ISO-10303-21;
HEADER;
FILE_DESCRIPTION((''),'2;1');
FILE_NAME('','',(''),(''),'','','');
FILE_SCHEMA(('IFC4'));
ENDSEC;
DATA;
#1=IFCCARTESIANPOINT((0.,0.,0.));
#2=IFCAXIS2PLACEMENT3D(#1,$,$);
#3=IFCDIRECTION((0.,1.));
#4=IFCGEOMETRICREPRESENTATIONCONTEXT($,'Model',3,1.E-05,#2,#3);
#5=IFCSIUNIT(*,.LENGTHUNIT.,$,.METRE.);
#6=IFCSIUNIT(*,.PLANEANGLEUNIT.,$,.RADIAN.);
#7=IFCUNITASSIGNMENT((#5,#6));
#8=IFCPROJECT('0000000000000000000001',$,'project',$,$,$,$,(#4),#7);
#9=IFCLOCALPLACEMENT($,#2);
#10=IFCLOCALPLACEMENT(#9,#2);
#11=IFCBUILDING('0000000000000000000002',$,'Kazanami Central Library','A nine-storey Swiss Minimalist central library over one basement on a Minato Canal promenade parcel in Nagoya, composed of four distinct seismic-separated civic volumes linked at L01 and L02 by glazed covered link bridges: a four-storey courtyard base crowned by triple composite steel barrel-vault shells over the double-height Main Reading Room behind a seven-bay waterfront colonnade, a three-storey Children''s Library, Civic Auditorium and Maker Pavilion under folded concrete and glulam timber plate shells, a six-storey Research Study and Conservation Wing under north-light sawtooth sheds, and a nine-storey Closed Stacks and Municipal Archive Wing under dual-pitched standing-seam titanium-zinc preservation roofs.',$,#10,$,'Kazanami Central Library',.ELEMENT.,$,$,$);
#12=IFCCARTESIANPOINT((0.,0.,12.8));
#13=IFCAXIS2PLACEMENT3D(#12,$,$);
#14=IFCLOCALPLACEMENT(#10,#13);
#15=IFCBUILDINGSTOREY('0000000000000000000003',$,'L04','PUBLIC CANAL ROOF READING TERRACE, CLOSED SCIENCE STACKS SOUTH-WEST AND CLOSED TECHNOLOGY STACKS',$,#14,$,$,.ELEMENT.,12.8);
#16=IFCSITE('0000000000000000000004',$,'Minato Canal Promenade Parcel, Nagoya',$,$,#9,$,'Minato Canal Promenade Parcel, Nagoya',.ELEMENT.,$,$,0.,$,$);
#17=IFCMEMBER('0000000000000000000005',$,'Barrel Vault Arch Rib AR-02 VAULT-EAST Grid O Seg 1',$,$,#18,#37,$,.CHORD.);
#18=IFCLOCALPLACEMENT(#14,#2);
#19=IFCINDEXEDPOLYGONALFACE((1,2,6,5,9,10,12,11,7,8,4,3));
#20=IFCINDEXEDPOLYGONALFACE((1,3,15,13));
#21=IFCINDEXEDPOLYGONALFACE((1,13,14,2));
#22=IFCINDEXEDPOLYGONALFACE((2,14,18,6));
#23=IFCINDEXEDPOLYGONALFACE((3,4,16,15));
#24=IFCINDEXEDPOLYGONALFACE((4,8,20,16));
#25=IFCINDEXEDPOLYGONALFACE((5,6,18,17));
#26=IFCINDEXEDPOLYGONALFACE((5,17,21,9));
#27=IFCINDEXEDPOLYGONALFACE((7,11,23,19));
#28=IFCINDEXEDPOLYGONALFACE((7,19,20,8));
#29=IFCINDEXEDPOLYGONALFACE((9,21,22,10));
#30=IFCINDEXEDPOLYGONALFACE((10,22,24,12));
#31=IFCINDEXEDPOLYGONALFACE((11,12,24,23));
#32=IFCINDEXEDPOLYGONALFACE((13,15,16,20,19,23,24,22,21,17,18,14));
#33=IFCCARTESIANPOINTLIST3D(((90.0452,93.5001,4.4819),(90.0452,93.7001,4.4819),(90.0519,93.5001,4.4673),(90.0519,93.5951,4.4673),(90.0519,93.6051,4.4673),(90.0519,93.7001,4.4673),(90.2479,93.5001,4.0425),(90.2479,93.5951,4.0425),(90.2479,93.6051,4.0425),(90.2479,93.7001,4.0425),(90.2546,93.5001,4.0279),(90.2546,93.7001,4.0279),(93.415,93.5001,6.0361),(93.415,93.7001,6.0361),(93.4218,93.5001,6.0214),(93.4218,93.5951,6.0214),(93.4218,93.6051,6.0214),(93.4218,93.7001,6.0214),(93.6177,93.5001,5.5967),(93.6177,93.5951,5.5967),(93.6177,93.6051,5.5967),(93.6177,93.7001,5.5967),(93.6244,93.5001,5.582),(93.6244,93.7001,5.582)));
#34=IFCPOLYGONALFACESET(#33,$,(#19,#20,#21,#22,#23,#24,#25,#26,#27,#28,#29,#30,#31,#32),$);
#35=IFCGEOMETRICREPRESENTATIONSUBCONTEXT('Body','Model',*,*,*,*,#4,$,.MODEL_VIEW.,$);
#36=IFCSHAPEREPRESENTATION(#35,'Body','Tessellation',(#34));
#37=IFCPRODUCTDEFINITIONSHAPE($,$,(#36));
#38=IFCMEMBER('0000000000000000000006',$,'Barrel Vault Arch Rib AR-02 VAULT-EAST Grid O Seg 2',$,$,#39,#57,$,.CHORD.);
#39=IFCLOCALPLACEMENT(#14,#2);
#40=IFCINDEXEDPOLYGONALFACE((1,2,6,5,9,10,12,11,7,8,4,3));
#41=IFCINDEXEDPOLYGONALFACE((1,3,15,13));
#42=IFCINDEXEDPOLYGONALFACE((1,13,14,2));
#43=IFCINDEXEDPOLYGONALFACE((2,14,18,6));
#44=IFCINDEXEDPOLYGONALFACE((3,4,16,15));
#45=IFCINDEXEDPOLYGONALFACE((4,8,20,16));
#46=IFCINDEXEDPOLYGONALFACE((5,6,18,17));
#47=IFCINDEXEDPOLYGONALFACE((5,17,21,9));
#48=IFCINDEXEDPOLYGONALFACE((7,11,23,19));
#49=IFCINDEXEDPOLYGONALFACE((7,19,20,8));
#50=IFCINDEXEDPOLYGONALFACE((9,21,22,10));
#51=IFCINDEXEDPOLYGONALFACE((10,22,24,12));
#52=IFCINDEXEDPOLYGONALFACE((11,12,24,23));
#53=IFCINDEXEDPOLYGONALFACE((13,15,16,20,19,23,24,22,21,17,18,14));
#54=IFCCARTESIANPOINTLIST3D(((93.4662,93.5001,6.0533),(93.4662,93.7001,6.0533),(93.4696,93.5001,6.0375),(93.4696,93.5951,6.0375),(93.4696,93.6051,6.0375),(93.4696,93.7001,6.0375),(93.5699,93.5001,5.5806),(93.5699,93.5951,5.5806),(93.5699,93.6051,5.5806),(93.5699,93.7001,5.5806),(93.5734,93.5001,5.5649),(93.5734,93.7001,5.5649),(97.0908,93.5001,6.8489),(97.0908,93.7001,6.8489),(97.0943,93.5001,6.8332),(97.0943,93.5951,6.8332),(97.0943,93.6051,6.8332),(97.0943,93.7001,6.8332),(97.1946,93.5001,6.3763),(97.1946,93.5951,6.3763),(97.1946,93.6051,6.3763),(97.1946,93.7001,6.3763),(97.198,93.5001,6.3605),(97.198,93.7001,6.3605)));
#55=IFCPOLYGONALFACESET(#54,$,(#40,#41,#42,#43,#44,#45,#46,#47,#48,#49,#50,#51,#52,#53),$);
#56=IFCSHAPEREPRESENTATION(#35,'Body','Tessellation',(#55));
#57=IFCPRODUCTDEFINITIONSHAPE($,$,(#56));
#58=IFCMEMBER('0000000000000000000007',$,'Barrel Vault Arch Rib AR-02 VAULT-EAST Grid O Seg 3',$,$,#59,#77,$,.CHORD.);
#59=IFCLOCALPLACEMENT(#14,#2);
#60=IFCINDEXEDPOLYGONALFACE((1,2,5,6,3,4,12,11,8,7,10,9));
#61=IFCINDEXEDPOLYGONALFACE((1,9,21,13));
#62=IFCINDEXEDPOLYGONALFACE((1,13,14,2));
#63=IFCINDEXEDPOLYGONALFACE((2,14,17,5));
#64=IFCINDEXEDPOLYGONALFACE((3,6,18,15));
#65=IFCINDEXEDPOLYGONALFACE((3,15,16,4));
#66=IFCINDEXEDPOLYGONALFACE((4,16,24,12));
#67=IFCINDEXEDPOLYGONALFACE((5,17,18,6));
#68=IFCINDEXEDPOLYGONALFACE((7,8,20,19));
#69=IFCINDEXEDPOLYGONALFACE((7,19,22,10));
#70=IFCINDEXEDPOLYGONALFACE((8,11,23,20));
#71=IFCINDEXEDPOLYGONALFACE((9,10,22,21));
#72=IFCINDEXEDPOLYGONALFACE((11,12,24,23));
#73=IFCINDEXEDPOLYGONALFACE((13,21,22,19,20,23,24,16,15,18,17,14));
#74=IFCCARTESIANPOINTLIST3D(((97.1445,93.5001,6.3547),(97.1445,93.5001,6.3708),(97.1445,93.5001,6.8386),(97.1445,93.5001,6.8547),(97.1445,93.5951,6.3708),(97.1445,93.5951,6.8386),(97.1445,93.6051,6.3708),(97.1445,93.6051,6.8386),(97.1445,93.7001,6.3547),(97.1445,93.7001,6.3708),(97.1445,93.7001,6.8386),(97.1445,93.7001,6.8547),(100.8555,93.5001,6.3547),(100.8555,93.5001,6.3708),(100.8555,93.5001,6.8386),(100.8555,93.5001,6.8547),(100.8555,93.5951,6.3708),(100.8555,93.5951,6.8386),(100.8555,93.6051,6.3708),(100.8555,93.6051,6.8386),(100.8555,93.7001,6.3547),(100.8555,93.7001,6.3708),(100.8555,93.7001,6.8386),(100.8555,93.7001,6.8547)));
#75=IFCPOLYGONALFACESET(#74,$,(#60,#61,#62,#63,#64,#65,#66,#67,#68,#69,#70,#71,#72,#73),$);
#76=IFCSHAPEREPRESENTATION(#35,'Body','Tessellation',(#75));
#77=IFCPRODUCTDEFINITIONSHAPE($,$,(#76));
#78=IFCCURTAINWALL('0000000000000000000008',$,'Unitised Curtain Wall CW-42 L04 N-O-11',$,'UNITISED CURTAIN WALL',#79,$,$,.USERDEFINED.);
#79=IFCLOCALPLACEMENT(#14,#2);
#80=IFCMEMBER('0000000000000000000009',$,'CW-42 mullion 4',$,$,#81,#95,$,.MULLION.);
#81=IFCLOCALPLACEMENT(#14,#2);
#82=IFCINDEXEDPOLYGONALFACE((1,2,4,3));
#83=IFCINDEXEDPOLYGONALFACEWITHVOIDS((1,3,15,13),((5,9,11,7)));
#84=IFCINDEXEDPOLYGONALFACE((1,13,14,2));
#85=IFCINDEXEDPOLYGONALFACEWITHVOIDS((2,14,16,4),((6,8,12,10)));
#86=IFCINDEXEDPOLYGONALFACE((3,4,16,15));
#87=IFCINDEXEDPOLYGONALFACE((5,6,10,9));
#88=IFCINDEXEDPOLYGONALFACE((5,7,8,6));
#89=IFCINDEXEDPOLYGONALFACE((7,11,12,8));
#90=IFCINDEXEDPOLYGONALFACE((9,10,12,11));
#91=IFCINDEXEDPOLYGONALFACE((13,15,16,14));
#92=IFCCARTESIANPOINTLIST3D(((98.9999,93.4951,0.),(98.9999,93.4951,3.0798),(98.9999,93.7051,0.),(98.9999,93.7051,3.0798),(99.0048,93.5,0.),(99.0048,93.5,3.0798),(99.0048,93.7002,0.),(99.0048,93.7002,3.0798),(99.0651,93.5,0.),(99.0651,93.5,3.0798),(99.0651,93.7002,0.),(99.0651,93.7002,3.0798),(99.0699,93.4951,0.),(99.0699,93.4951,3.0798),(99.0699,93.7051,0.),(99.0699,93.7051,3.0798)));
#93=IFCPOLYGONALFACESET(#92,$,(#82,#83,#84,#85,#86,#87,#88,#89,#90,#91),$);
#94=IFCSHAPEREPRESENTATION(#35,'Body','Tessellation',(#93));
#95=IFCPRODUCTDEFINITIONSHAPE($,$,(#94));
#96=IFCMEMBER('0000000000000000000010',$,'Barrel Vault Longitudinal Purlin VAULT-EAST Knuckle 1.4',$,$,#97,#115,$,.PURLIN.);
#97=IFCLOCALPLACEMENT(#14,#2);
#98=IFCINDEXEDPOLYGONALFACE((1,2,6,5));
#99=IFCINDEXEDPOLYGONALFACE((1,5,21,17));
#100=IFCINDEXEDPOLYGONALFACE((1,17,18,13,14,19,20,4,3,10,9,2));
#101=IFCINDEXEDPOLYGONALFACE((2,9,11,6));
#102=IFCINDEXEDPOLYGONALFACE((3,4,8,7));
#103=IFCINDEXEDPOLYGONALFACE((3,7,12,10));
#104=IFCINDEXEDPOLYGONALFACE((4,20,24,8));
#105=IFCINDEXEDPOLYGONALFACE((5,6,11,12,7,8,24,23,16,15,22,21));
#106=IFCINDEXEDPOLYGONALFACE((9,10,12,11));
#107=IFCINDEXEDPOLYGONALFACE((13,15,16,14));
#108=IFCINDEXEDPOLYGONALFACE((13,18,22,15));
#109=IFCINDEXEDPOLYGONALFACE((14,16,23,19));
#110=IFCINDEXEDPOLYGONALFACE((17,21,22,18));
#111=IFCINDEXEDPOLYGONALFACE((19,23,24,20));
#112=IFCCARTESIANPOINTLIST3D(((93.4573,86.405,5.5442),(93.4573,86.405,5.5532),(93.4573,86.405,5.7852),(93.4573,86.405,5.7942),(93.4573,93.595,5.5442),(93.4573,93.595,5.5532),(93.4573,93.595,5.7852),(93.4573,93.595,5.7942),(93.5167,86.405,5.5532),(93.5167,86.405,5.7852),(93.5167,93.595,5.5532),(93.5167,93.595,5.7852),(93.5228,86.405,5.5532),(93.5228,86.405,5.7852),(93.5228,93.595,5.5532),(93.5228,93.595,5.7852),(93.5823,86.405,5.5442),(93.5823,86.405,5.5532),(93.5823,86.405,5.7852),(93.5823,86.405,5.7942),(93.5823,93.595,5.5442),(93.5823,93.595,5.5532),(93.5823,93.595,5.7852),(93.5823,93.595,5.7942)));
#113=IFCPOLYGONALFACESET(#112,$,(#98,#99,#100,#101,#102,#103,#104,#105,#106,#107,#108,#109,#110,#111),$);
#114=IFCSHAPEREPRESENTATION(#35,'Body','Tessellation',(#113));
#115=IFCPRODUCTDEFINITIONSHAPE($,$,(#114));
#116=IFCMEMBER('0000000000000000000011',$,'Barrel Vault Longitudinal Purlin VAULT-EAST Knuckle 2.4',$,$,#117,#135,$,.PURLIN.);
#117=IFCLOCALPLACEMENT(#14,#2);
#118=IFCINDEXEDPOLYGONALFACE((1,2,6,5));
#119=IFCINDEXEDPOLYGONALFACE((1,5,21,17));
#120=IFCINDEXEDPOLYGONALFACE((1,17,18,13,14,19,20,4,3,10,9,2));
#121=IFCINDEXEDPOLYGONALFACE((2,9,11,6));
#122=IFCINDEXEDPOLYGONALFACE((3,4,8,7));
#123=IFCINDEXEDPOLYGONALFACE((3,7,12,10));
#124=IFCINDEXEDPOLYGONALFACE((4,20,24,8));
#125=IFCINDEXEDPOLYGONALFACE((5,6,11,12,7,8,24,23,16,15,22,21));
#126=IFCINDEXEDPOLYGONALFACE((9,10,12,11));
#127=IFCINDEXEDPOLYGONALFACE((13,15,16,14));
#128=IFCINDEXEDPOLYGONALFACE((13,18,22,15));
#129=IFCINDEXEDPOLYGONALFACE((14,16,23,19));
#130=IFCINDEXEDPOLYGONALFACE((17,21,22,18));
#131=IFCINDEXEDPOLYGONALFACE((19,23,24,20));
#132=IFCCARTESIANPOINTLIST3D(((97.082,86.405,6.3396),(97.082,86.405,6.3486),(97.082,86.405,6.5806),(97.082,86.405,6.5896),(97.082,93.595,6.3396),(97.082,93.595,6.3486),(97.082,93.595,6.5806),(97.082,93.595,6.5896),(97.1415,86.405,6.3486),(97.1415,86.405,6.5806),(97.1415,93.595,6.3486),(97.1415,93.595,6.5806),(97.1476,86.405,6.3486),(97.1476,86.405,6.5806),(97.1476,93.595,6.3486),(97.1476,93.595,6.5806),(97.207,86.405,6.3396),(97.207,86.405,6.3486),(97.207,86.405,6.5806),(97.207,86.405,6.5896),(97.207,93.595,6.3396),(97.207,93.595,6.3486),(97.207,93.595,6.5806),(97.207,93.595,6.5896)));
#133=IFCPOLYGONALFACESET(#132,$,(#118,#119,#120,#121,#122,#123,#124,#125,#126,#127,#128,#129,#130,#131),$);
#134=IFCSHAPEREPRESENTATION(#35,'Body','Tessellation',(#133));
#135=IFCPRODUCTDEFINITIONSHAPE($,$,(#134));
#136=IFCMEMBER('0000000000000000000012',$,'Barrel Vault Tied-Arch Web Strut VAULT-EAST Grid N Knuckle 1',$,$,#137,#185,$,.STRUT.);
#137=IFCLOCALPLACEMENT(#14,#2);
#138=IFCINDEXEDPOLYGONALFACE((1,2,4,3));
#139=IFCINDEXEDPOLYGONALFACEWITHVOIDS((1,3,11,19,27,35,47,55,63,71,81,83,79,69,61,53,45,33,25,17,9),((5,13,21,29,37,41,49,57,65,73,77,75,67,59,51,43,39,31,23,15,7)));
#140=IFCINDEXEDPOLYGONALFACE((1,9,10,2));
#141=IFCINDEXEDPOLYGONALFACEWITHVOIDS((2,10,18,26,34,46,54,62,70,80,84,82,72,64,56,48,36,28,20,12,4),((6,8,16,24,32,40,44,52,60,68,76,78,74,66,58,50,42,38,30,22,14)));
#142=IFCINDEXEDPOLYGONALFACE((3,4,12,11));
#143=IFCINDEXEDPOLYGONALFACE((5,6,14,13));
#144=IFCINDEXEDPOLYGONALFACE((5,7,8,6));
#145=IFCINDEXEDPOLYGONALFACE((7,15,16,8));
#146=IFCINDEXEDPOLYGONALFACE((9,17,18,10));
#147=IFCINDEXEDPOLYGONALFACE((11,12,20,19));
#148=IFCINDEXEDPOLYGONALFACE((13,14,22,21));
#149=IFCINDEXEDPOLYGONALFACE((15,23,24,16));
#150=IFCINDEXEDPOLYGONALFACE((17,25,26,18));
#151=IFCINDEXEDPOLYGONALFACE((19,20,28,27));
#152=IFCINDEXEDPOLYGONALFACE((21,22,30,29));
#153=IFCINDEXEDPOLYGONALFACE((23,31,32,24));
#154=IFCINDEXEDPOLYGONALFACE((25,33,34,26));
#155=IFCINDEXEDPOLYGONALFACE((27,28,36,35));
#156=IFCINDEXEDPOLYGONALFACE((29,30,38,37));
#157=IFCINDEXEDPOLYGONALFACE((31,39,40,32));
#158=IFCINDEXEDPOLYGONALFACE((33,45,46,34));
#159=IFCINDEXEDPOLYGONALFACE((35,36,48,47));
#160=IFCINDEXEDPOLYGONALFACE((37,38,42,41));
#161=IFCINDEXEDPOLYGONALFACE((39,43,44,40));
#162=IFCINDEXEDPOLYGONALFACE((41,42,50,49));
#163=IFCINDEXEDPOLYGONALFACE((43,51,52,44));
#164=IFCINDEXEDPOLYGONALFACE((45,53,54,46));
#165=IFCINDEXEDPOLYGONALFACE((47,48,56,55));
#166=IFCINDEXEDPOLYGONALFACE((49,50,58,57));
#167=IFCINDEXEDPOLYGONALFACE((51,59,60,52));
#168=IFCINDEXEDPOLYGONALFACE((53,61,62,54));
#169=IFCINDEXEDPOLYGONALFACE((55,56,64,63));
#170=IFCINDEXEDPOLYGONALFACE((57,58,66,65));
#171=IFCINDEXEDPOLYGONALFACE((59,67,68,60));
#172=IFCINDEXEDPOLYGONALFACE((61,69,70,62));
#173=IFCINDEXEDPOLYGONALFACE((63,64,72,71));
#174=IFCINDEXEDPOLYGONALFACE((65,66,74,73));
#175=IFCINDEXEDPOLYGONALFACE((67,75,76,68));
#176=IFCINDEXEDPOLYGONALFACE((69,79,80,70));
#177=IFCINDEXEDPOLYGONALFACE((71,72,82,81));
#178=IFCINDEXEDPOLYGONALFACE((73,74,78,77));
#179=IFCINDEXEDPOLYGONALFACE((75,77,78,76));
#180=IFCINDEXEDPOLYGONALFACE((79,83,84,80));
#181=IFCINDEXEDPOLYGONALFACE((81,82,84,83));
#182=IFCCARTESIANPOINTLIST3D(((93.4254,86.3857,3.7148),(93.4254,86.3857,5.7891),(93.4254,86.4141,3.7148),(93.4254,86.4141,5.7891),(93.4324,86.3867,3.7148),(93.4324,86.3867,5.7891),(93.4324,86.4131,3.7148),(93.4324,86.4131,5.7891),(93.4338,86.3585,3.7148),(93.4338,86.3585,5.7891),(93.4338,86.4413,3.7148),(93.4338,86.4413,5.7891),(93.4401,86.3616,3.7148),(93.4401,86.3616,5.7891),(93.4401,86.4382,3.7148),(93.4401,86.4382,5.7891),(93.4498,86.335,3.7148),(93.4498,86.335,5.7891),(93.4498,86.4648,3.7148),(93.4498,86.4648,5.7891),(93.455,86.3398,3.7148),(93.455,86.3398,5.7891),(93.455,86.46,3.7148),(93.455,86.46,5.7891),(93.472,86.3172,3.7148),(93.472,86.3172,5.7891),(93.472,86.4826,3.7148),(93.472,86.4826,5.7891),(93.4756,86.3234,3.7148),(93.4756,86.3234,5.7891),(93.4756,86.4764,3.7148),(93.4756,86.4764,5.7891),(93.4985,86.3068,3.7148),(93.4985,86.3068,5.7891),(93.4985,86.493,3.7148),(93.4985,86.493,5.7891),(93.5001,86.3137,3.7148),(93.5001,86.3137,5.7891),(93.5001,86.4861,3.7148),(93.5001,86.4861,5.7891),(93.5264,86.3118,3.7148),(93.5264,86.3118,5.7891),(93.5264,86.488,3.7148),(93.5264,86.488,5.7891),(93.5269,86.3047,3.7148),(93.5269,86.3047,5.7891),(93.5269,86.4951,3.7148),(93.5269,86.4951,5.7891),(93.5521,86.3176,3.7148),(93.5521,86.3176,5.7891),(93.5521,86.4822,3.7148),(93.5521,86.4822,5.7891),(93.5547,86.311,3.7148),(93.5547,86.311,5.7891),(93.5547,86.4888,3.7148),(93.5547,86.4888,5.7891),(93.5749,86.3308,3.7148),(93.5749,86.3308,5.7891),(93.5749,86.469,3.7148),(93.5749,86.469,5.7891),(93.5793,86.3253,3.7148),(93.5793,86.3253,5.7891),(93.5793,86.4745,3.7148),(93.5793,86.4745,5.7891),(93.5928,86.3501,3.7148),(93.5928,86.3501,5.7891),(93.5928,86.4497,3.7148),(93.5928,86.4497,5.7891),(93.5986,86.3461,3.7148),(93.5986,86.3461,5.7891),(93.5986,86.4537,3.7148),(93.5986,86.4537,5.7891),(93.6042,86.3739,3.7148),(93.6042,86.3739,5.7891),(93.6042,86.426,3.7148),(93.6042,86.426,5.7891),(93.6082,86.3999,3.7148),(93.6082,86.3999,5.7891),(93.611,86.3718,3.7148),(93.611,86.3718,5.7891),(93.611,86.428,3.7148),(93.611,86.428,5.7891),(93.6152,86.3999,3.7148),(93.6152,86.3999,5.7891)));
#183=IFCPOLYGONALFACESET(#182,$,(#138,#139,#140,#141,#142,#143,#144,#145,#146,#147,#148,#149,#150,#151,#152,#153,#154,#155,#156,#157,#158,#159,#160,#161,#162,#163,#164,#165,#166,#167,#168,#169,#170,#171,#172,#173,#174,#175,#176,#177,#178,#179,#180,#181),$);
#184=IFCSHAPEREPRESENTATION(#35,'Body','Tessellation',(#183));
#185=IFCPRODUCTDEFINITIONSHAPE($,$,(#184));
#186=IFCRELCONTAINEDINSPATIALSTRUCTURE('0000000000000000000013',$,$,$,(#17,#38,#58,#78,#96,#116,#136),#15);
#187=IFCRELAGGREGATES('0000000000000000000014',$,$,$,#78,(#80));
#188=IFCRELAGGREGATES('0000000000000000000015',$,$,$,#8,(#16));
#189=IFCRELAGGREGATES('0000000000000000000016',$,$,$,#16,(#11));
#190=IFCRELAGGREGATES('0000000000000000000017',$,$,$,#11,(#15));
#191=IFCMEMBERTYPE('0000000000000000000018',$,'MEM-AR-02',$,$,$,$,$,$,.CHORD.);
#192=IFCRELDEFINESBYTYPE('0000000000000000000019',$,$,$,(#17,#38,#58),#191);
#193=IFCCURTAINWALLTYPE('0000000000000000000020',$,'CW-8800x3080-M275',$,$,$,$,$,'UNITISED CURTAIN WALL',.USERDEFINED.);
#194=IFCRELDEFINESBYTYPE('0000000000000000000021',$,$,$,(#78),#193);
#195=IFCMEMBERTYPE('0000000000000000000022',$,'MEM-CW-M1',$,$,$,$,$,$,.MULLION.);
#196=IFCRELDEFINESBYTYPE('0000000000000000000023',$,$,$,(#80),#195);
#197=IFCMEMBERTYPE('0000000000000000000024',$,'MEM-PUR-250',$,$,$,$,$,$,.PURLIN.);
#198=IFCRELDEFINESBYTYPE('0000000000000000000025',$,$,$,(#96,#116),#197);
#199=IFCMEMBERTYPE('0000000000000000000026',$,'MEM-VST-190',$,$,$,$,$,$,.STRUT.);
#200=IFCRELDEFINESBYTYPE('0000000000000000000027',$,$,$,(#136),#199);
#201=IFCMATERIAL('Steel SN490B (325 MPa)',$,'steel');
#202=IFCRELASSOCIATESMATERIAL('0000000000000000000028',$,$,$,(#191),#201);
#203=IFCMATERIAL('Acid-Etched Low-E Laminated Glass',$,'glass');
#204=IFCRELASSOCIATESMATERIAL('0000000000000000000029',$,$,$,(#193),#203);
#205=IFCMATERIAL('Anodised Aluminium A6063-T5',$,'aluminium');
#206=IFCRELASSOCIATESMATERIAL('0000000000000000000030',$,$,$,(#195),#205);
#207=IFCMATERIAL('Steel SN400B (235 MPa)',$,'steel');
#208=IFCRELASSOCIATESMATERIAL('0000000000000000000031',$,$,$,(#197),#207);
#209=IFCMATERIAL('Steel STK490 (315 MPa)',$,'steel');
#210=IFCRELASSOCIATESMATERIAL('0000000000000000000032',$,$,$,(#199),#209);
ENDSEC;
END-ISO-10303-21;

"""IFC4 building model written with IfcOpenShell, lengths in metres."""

from ifc_helpers import new_model, si_unit, direction, frame, origin, origin_2d, place, context, subcontext, project, spatial, hollow_rectangle, hollow_circle, i_section, extrude, material, material_profile, profile_set, type_object, element, aggregate, save


model = new_model("IFC4")

# Units and contexts
model_context = context("Model", 3, precision=1e-05, world=origin(), true_north=direction((0.0, 1.0)))
body_context = subcontext(model_context, "Body", "Model", "MODEL_VIEW")
ifc_project = project(units=[si_unit("LENGTHUNIT", "METRE"), si_unit("PLANEANGLEUNIT", "RADIAN")], contexts=[model_context])

# Site, building, storey
site_placement = place(None, origin())
site = spatial("IfcSite", under=ifc_project, at=site_placement, Name="Minato Canal Promenade Parcel, Nagoya", LongName="Minato Canal Promenade Parcel, Nagoya", CompositionType="ELEMENT", RefElevation=0.0)
building_placement = place(site_placement, origin())
building = spatial("IfcBuilding", under=site, at=building_placement, Name="Kazanami Central Library", Description="A nine-storey Swiss Minimalist central library over one basement on a Minato Canal promenade parcel in Nagoya, composed of four distinct seismic-separated civic volumes linked at L01 and L02 by glazed covered link bridges: a four-storey courtyard base crowned by triple composite steel barrel-vault shells over the double-height Main Reading Room behind a seven-bay waterfront colonnade, a three-storey Children's Library, Civic Auditorium and Maker Pavilion under folded concrete and glulam timber plate shells, a six-storey Research Study and Conservation Wing under north-light sawtooth sheds, and a nine-storey Closed Stacks and Municipal Archive Wing under dual-pitched standing-seam titanium-zinc preservation roofs.", LongName="Kazanami Central Library", CompositionType="ELEMENT")
storey_placement = place(building_placement, frame((0.0, 0.0, 12.8)))
storey = spatial("IfcBuildingStorey", under=building, at=storey_placement, Name="L04", Description="PUBLIC CANAL ROOF READING TERRACE, CLOSED SCIENCE STACKS SOUTH-WEST AND CLOSED TECHNOLOGY STACKS", CompositionType="ELEMENT", Elevation=12.8)

# Shared definitions
ifc_material_1 = material(Name="Steel SN490B (325 MPa)", Category="steel")

# Members
ifc_material_profile_1 = material_profile(ifc_material_1, i_section(OverallWidth=0.2, OverallDepth=0.5, WebThickness=0.01, FlangeThickness=0.0161, at=origin_2d()), Name="H-500x200x10x16")
ifc_profile_set_1 = profile_set([ifc_material_profile_1], Name="Steel SN490B (325 MPa)")
member_type_1 = type_object("IfcMemberType", Name="MEM-AR-02", PredefinedType="CHORD", material=ifc_profile_set_1)
for number, where, z_axis, x_axis, name in (
    (1, (90.1499, 93.6001, 4.2549), (0.908075, 0.0, 0.418808), (0.0, 1.0, 0.0), "Barrel Vault Arch Rib AR-02 VAULT-EAST Grid O Seg 1"),
    (2, (93.5198, 93.6001, 5.8091), (0.976746, 0.0, 0.214401), (0.0, 1.0, 0.0), "Barrel Vault Arch Rib AR-02 VAULT-EAST Grid O Seg 2"),
    (3, (97.1445, 93.6001, 6.6047), (1.0, 0.0, 0.0), (0.0, 1.0, 0.0), "Barrel Vault Arch Rib AR-02 VAULT-EAST Grid O Seg 3"),
):
    element("IfcMember", number, at=place(storey_placement, frame(where, z_axis=z_axis, x_axis=x_axis)), inside=storey, type_object=member_type_1, Name=name, PredefinedType="CHORD", context=body_context, shape_type="SweptSolid", body=[
        extrude(i_section(OverallWidth=0.2, OverallDepth=0.5, WebThickness=0.01, FlangeThickness=0.0161, at=origin_2d()), origin(), (0.0, 0.0, 1.0), 3.7109),
    ])

# Curtain wall, member
ifc_material_2 = material(Name="Acid-Etched Low-E Laminated Glass", Category="glass")
curtain_wall_type = type_object("IfcCurtainWallType", Name="CW-8800x3080-M275", ElementType="UNITISED CURTAIN WALL", PredefinedType="USERDEFINED", material=ifc_material_2)
curtain_wall_placement = place(storey_placement, origin())
curtain_wall = element("IfcCurtainWall", 4, at=curtain_wall_placement, inside=storey, type_object=curtain_wall_type, Name="Unitised Curtain Wall CW-42 L04 N-O-11", ObjectType="UNITISED CURTAIN WALL", PredefinedType="USERDEFINED")
ifc_material_3 = material(Name="Anodised Aluminium A6063-T5", Category="aluminium")
ifc_material_profile_2 = material_profile(ifc_material_3, hollow_rectangle(XDim=0.0701, YDim=0.21, WallThickness=0.0049, at=origin_2d()), Name="ALU-MULL-70x210x5")
ifc_profile_set_2 = profile_set([ifc_material_profile_2], Name="Anodised Aluminium A6063-T5")
member_type_2 = type_object("IfcMemberType", Name="MEM-CW-M1", PredefinedType="MULLION", material=ifc_profile_set_2)
member_1_placement = place(storey_placement, frame((99.0349, 93.6001, 0.0), z_axis=(0.0, 0.0, 1.0), x_axis=(-1.0, 0.0, 0.0)))
member_1 = element("IfcMember", 5, at=member_1_placement, type_object=member_type_2, Name="CW-42 mullion 4", PredefinedType="MULLION", context=body_context, shape_type="SweptSolid", body=[
    extrude(hollow_rectangle(XDim=0.0701, YDim=0.21, WallThickness=0.0049, at=origin_2d()), origin(), (0.0, 0.0, 1.0), 3.0798),
])

# Members
ifc_material_4 = material(Name="Steel SN400B (235 MPa)", Category="steel")
ifc_material_profile_3 = material_profile(ifc_material_4, i_section(OverallWidth=0.125, OverallDepth=0.25, WebThickness=0.0061, FlangeThickness=0.009, at=origin_2d()), Name="H-250x125x6x9")
ifc_profile_set_3 = profile_set([ifc_material_profile_3], Name="Steel SN400B (235 MPa)")
member_type_3 = type_object("IfcMemberType", Name="MEM-PUR-250", PredefinedType="PURLIN", material=ifc_profile_set_3)
for number, where, z_axis, x_axis, name in (
    (6, (93.5198, 86.405, 5.6692), (0.0, 1.0, 0.0), (-1.0, 0.0, 0.0), "Barrel Vault Longitudinal Purlin VAULT-EAST Knuckle 1.4"),
    (7, (97.1445, 86.405, 6.4646), (0.0, 1.0, 0.0), (-1.0, 0.0, 0.0), "Barrel Vault Longitudinal Purlin VAULT-EAST Knuckle 2.4"),
):
    element("IfcMember", number, at=place(storey_placement, frame(where, z_axis=z_axis, x_axis=x_axis)), inside=storey, type_object=member_type_3, Name=name, PredefinedType="PURLIN", context=body_context, shape_type="SweptSolid", body=[
        extrude(i_section(OverallWidth=0.125, OverallDepth=0.25, WebThickness=0.0061, FlangeThickness=0.009, at=origin_2d()), origin(), (0.0, 0.0, 1.0), 7.1899),
    ])
ifc_material_5 = material(Name="Steel STK490 (315 MPa)", Category="steel")
ifc_material_profile_4 = material_profile(ifc_material_5, hollow_circle(Radius=0.0955, WallThickness=0.0071, at=origin_2d()), Name="CHS-190.7x7.0")
ifc_profile_set_4 = profile_set([ifc_material_profile_4], Name="Steel STK490 (315 MPa)")
member_type_4 = type_object("IfcMemberType", Name="MEM-VST-190", PredefinedType="STRUT", material=ifc_profile_set_4)
member_2_placement = place(storey_placement, frame((93.5198, 86.3999, 3.7148), z_axis=(0.0, 0.0, 1.0), x_axis=(1.0, 0.0, 0.0)))
element("IfcMember", 8, at=member_2_placement, inside=storey, type_object=member_type_4, Name="Barrel Vault Tied-Arch Web Strut VAULT-EAST Grid N Knuckle 1", PredefinedType="STRUT", context=body_context, shape_type="SweptSolid", body=[
    extrude(hollow_circle(Radius=0.0955, WallThickness=0.0071, at=origin_2d()), origin(), (0.0, 0.0, 1.0), 2.0742),
])

aggregate(curtain_wall, [member_1])

save(model, "model.ifc")
